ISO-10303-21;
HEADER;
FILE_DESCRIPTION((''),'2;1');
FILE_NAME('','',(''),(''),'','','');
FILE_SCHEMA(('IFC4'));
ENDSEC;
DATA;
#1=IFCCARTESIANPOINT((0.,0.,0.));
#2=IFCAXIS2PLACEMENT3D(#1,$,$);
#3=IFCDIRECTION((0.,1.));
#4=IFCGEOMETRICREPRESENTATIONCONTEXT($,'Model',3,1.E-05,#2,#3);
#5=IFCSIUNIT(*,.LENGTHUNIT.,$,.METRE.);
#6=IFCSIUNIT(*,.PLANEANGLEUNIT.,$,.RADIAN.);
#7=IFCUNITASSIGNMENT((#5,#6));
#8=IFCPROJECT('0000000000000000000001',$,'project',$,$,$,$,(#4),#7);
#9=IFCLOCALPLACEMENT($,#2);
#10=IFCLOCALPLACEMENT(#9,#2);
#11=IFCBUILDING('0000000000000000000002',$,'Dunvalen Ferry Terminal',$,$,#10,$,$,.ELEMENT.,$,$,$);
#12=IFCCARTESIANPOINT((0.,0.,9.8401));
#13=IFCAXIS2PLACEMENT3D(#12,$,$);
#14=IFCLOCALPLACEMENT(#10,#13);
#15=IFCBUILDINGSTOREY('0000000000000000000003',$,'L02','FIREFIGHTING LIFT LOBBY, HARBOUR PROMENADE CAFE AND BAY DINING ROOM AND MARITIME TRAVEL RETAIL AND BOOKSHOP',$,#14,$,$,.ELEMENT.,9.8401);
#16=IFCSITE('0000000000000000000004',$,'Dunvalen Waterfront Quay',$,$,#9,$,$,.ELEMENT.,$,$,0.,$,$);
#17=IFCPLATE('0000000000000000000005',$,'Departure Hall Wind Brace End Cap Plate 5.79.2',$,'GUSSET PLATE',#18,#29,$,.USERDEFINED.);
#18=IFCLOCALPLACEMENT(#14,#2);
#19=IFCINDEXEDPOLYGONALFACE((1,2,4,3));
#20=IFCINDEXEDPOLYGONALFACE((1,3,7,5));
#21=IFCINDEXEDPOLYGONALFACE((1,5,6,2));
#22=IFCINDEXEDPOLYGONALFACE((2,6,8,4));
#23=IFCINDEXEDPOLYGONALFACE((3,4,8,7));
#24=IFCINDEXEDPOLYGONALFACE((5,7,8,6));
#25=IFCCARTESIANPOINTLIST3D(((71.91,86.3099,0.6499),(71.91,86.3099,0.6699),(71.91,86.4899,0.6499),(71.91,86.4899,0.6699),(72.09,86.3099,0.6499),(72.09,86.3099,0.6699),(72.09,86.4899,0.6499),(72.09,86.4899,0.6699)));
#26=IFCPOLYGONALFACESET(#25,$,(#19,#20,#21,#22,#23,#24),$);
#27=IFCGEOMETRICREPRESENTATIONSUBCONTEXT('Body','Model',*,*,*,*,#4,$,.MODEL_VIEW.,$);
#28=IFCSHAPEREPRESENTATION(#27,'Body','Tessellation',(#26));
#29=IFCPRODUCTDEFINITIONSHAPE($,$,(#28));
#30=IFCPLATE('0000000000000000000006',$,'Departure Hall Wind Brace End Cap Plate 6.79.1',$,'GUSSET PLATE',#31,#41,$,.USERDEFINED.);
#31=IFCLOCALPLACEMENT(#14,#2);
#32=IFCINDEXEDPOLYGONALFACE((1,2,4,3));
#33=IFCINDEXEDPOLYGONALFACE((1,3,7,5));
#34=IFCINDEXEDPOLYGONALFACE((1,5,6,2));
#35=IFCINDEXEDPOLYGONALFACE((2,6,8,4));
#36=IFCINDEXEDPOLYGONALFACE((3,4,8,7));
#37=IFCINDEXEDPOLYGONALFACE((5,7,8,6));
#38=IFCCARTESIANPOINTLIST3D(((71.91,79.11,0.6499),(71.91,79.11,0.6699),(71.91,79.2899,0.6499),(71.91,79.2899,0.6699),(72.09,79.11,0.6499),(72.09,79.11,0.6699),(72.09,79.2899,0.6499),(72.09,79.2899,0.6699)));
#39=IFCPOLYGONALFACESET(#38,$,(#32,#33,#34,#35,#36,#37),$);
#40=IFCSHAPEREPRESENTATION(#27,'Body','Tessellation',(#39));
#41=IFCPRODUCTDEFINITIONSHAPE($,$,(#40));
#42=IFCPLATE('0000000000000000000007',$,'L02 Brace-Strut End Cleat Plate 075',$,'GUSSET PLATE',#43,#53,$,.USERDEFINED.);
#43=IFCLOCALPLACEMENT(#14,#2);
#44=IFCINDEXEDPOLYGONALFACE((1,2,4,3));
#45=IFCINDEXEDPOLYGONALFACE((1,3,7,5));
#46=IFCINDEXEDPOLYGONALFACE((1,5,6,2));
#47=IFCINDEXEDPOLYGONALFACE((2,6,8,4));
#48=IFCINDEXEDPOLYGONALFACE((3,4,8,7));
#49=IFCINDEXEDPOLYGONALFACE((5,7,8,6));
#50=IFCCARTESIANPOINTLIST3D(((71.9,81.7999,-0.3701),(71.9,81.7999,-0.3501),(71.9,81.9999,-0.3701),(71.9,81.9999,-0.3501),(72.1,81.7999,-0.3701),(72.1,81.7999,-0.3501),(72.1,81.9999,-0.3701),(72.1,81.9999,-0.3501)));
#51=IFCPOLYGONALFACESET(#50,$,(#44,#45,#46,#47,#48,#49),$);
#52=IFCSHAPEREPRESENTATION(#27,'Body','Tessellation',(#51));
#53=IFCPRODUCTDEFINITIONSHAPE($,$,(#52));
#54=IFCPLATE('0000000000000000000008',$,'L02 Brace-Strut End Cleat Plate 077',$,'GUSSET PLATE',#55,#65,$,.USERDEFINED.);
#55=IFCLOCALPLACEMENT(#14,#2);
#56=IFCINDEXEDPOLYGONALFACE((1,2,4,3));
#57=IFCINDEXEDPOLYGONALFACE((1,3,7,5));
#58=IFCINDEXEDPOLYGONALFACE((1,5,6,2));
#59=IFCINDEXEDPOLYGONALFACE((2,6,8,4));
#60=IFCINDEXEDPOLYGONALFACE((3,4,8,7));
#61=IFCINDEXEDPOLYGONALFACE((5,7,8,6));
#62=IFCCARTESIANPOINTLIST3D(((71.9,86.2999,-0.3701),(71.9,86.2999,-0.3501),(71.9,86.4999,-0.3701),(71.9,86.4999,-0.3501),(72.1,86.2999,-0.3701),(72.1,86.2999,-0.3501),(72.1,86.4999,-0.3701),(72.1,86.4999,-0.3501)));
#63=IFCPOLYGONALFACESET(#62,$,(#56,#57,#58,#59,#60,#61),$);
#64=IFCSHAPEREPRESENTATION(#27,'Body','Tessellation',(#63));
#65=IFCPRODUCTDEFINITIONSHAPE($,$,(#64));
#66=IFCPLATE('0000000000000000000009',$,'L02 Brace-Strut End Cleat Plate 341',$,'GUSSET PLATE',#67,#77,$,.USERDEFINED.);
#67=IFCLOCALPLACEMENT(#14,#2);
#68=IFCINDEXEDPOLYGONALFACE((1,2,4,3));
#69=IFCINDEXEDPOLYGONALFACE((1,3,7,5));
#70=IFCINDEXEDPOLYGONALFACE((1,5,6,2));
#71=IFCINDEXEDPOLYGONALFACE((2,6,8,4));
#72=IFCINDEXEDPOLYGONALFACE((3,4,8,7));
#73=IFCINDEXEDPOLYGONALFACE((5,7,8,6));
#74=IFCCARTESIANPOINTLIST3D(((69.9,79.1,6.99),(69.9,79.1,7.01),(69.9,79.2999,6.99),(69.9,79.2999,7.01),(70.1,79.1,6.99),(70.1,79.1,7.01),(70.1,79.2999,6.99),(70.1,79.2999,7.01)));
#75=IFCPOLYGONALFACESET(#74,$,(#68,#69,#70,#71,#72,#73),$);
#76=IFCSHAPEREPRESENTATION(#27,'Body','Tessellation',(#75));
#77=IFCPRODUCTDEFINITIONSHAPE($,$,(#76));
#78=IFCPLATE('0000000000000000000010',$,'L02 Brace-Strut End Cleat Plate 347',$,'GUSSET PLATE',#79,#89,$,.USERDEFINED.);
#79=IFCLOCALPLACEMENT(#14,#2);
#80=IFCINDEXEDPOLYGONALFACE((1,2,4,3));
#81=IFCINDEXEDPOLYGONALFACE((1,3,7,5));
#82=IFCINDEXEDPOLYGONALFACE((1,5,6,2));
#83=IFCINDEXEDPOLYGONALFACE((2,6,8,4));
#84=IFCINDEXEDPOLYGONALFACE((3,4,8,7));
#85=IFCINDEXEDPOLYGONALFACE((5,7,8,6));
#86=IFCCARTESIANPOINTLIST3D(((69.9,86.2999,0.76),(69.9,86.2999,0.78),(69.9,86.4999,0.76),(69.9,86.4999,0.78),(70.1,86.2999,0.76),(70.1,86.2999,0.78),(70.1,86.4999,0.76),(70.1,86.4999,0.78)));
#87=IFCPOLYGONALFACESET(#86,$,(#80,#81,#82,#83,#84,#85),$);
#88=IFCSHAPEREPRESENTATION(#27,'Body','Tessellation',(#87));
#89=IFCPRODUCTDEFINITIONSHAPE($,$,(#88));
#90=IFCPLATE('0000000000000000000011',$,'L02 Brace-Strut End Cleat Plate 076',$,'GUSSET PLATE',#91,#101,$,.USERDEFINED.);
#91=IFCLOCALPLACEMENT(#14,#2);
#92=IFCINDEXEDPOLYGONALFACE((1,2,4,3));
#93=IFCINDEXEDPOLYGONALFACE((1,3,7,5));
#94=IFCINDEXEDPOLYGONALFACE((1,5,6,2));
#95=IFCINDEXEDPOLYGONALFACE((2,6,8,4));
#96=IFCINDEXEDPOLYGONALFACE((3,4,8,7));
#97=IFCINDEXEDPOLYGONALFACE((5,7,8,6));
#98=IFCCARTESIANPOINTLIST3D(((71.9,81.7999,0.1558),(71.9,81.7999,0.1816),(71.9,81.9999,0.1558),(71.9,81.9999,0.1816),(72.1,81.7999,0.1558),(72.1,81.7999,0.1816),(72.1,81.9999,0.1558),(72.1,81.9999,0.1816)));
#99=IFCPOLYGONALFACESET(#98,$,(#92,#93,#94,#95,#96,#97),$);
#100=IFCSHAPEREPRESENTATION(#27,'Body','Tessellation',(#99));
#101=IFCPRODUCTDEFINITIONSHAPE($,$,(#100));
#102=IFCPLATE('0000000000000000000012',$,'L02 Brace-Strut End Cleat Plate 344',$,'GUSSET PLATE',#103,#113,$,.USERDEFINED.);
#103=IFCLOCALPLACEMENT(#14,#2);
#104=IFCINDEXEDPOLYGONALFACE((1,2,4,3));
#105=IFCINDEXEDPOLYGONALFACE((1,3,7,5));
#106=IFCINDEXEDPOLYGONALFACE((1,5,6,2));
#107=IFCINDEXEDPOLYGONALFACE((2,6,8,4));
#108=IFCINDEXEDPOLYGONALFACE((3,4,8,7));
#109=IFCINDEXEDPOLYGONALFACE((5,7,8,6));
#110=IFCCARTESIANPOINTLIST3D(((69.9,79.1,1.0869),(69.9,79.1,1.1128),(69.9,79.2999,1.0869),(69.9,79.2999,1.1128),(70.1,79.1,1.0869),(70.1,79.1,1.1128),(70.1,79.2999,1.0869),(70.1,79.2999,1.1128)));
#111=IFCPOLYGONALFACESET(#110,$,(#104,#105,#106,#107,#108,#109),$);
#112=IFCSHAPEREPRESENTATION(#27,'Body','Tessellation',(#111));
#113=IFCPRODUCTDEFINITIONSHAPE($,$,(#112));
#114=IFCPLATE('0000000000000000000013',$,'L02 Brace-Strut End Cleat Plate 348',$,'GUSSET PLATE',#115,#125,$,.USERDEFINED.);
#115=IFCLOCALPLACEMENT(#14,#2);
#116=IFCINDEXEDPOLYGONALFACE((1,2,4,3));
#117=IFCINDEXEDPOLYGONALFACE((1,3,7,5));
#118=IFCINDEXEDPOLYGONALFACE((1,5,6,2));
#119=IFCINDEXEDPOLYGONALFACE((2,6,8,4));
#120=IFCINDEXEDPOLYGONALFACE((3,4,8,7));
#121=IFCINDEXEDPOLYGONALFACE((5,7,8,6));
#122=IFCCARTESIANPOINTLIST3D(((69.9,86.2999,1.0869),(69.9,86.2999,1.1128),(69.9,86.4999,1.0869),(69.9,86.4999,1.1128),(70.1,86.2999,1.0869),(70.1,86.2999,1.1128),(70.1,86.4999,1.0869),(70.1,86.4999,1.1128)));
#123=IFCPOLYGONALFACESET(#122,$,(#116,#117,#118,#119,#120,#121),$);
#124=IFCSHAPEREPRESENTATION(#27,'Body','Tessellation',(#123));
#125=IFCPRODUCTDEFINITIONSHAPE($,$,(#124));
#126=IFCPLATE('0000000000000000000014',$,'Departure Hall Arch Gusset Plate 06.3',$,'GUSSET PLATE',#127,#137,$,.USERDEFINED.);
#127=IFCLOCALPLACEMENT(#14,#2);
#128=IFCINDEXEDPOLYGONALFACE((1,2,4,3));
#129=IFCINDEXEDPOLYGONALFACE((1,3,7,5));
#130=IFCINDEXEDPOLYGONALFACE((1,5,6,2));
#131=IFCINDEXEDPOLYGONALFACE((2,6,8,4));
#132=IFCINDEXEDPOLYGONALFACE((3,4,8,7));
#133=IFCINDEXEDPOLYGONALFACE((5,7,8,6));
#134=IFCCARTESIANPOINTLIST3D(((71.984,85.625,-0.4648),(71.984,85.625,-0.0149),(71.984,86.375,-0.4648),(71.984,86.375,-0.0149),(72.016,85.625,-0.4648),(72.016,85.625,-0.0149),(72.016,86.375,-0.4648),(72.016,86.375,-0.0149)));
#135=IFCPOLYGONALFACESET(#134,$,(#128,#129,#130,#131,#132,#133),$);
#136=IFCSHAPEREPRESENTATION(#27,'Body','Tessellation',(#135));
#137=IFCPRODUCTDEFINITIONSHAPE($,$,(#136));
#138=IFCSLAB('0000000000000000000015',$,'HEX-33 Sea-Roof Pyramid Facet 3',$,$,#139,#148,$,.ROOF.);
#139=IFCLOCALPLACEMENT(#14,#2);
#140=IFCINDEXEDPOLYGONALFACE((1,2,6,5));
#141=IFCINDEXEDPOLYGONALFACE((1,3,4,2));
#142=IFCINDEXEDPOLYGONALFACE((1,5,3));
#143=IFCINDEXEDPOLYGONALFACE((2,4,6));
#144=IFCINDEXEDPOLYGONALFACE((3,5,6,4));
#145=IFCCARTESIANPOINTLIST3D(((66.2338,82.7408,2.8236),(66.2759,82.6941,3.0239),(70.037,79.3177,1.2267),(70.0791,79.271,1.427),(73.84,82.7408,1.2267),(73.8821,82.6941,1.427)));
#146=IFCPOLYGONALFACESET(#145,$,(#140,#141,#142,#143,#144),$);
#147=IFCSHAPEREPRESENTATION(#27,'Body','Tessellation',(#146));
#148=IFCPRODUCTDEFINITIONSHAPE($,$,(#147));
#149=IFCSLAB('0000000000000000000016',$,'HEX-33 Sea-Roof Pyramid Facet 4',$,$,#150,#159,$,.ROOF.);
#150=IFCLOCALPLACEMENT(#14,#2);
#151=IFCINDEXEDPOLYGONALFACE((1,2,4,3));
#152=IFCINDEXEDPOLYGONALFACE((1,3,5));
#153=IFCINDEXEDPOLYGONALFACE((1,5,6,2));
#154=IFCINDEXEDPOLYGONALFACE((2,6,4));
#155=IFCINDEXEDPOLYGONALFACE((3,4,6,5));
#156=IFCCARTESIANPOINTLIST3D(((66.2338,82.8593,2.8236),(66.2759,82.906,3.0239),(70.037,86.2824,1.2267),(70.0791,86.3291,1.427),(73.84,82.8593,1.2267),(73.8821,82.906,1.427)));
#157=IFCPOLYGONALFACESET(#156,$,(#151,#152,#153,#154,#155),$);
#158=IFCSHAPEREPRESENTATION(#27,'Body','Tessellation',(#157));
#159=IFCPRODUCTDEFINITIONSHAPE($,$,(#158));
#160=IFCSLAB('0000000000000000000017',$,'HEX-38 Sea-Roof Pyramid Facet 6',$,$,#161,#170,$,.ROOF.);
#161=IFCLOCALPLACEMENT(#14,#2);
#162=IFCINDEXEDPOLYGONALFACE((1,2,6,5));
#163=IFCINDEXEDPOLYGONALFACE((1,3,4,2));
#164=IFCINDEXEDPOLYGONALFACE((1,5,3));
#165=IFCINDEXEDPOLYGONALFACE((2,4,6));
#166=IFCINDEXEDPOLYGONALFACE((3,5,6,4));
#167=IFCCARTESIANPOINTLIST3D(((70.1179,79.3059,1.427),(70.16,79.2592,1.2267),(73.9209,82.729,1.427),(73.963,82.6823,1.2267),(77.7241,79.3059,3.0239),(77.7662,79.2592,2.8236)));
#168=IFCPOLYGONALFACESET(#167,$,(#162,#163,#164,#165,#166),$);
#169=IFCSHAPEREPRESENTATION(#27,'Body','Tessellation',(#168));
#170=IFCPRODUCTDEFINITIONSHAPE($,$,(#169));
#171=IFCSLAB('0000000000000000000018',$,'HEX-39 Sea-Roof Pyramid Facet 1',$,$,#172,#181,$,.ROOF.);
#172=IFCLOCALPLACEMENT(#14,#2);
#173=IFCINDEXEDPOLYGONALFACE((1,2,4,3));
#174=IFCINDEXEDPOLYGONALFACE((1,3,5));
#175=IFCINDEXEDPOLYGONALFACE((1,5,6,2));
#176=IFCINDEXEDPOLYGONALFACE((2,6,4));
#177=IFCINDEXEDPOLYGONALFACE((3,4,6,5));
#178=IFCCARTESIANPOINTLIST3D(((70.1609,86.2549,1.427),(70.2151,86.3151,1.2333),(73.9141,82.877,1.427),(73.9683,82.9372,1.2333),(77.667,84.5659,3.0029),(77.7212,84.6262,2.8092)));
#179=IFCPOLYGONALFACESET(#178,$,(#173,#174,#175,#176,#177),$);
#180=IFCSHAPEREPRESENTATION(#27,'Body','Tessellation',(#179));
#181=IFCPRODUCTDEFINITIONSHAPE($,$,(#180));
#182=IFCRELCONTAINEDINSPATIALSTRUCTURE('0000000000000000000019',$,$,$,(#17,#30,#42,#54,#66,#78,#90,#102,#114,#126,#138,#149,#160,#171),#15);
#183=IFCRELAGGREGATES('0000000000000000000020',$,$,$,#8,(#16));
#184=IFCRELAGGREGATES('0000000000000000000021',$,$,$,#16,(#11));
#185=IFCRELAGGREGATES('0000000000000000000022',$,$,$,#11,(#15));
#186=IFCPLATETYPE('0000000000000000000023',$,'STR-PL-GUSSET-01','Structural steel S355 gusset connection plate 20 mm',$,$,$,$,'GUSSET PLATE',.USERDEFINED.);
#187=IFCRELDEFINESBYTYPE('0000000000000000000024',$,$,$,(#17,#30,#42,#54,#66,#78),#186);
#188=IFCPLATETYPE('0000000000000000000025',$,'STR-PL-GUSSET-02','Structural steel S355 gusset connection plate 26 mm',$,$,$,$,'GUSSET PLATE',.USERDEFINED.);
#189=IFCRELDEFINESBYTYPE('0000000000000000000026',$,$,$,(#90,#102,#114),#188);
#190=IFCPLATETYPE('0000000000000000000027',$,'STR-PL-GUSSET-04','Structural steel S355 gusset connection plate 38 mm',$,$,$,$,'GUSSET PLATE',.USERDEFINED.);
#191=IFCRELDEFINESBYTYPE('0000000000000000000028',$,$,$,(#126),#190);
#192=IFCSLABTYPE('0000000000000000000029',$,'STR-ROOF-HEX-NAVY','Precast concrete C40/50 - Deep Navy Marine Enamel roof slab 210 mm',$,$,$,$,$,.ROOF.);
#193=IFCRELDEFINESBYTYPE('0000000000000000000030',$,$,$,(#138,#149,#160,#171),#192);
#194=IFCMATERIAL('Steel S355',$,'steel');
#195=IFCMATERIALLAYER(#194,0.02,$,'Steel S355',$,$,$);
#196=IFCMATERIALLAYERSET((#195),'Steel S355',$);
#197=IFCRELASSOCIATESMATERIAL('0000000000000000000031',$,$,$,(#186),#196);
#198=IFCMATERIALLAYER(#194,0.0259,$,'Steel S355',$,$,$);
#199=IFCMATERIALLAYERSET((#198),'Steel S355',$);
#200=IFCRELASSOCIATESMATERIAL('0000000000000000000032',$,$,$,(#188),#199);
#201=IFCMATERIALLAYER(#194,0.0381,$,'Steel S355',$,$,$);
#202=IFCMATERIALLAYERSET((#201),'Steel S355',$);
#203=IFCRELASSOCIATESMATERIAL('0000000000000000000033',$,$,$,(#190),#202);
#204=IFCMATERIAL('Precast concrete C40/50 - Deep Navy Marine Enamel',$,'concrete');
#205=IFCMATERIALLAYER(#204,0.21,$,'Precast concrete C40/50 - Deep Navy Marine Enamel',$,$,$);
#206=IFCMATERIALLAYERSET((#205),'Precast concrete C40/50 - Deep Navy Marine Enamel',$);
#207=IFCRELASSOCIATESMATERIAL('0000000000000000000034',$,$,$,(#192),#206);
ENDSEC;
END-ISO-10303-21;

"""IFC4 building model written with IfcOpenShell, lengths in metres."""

from ifc_helpers import new_model, si_unit, direction, frame, origin, origin_2d, place, context, subcontext, project, spatial, polyline, rectangle, outline, extrude, material, layer, layer_set, type_object, element, save


model = new_model("IFC4")

# Units and contexts
model_context = context("Model", 3, precision=1e-05, world=origin(), true_north=direction((0.0, 1.0)))
body_context = subcontext(model_context, "Body", "Model", "MODEL_VIEW")
ifc_project = project(units=[si_unit("LENGTHUNIT", "METRE"), si_unit("PLANEANGLEUNIT", "RADIAN")], contexts=[model_context])

# Site, building, storey
site_placement = place(None, origin())
site = spatial("IfcSite", under=ifc_project, at=site_placement, Name="Dunvalen Waterfront Quay", CompositionType="ELEMENT", RefElevation=0.0)
building_placement = place(site_placement, origin())
building = spatial("IfcBuilding", under=site, at=building_placement, Name="Dunvalen Ferry Terminal", CompositionType="ELEMENT")
storey_placement = place(building_placement, frame((0.0, 0.0, 9.8401)))
storey = spatial("IfcBuildingStorey", under=building, at=storey_placement, Name="L02", Description="FIREFIGHTING LIFT LOBBY, HARBOUR PROMENADE CAFE AND BAY DINING ROOM AND MARITIME TRAVEL RETAIL AND BOOKSHOP", CompositionType="ELEMENT", Elevation=9.8401)

# Shared definitions
ifc_material_1 = material(Name="Steel S355", Category="steel")

# Plates
ifc_layer_1 = layer(ifc_material_1, 0.02, Name="Steel S355")
ifc_layer_set_1 = layer_set([ifc_layer_1], Name="Steel S355")
plate_type_1 = type_object("IfcPlateType", Name="STR-PL-GUSSET-01", Description="Structural steel S355 gusset connection plate 20 mm", ElementType="GUSSET PLATE", PredefinedType="USERDEFINED", material=ifc_layer_set_1)
for number, where, z_axis, x_axis, name in (
    (1, (72.0, 86.3999, 0.6499), (0.0, 0.0, 1.0), (1.0, 0.0, 0.0), "Departure Hall Wind Brace End Cap Plate 5.79.2"),
    (2, (72.0, 79.2, 0.6499), (0.0, 0.0, 1.0), (1.0, 0.0, 0.0), "Departure Hall Wind Brace End Cap Plate 6.79.1"),
):
    element("IfcPlate", number, at=place(storey_placement, frame(where, z_axis=z_axis, x_axis=x_axis)), inside=storey, type_object=plate_type_1, Name=name, ObjectType="GUSSET PLATE", PredefinedType="USERDEFINED", context=body_context, shape_type="SweptSolid", body=[
        extrude(rectangle(XDim=0.1799, YDim=0.1799, at=origin_2d()), origin(), (0.0, 0.0, 1.0), 0.02),
    ])
for number, where, z_axis, x_axis, name in (
    (3, (72.0, 81.8999, -0.3701), (0.0, 0.0, 1.0), (1.0, 0.0, 0.0), "L02 Brace-Strut End Cleat Plate 075"),
    (4, (72.0, 86.3999, -0.3701), (0.0, 0.0, 1.0), (1.0, 0.0, 0.0), "L02 Brace-Strut End Cleat Plate 077"),
    (5, (70.0, 79.2, 6.99), (0.0, 0.0, 1.0), (1.0, 0.0, 0.0), "L02 Brace-Strut End Cleat Plate 341"),
    (6, (70.0, 86.3999, 0.76), (0.0, 0.0, 1.0), (1.0, 0.0, 0.0), "L02 Brace-Strut End Cleat Plate 347"),
):
    element("IfcPlate", number, at=place(storey_placement, frame(where, z_axis=z_axis, x_axis=x_axis)), inside=storey, type_object=plate_type_1, Name=name, ObjectType="GUSSET PLATE", PredefinedType="USERDEFINED", context=body_context, shape_type="SweptSolid", body=[
        extrude(rectangle(XDim=0.2, YDim=0.2, at=origin_2d()), origin(), (0.0, 0.0, 1.0), 0.02),
    ])
ifc_layer_2 = layer(ifc_material_1, 0.0259, Name="Steel S355")
ifc_layer_set_2 = layer_set([ifc_layer_2], Name="Steel S355")
plate_type_2 = type_object("IfcPlateType", Name="STR-PL-GUSSET-02", Description="Structural steel S355 gusset connection plate 26 mm", ElementType="GUSSET PLATE", PredefinedType="USERDEFINED", material=ifc_layer_set_2)
for number, where, z_axis, x_axis, name in (
    (7, (72.0, 81.8999, 0.1558), (0.0, 0.0, 1.0), (1.0, 0.0, 0.0), "L02 Brace-Strut End Cleat Plate 076"),
    (8, (70.0, 79.2, 1.0869), (0.0, 0.0, 1.0), (1.0, 0.0, 0.0), "L02 Brace-Strut End Cleat Plate 344"),
    (9, (70.0, 86.3999, 1.0869), (0.0, 0.0, 1.0), (1.0, 0.0, 0.0), "L02 Brace-Strut End Cleat Plate 348"),
):
    element("IfcPlate", number, at=place(storey_placement, frame(where, z_axis=z_axis, x_axis=x_axis)), inside=storey, type_object=plate_type_2, Name=name, ObjectType="GUSSET PLATE", PredefinedType="USERDEFINED", context=body_context, shape_type="SweptSolid", body=[
        extrude(rectangle(XDim=0.2, YDim=0.2, at=origin_2d()), origin(), (0.0, 0.0, 1.0), 0.0259),
    ])
ifc_layer_3 = layer(ifc_material_1, 0.0381, Name="Steel S355")
ifc_layer_set_3 = layer_set([ifc_layer_3], Name="Steel S355")
plate_type_3 = type_object("IfcPlateType", Name="STR-PL-GUSSET-04", Description="Structural steel S355 gusset connection plate 38 mm", ElementType="GUSSET PLATE", PredefinedType="USERDEFINED", material=ifc_layer_set_3)
plate_1_placement = place(storey_placement, frame((72.0, 86.0, -0.4648), z_axis=(0.0, 0.0, 1.0), x_axis=(1.0, 0.0, 0.0)))
element("IfcPlate", 10, at=plate_1_placement, inside=storey, type_object=plate_type_3, Name="Departure Hall Arch Gusset Plate 06.3", ObjectType="GUSSET PLATE", PredefinedType="USERDEFINED", context=body_context, shape_type="SweptSolid", body=[
    extrude(rectangle(XDim=0.032, YDim=0.75, at=origin_2d()), origin(), (0.0, 0.0, 1.0), 0.45),
])

# Slabs
ifc_material_2 = material(Name="Precast concrete C40/50 - Deep Navy Marine Enamel", Category="concrete")
ifc_layer_4 = layer(ifc_material_2, 0.21, Name="Precast concrete C40/50 - Deep Navy Marine Enamel")
ifc_layer_set_4 = layer_set([ifc_layer_4], Name="Precast concrete C40/50 - Deep Navy Marine Enamel")
slab_type = type_object("IfcSlabType", Name="STR-ROOF-HEX-NAVY", Description="Precast concrete C40/50 - Deep Navy Marine Enamel roof slab 210 mm", PredefinedType="ROOF", material=ifc_layer_set_4)
slab_1_placement = place(storey_placement, frame((70.0791, 79.271, 1.427), z_axis=(0.200318, -0.222548, 0.95412), x_axis=(0.743254, 0.66901, 0.0)))
element("IfcSlab", 11, at=slab_1_placement, inside=storey, type_object=slab_type, Name="HEX-33 Sea-Roof Pyramid Facet 3", PredefinedType="ROOF", context=body_context, shape_type="SweptSolid", body=[
    extrude(outline(polyline([(0.0, 0.0), (5.1167, 0.0), (-0.5367, 5.3333), (0.0, 0.0)])), origin(), (0.0, 0.0, -1.0), 0.21),
])
slab_2_placement = place(storey_placement, frame((73.8821, 82.906, 1.427), z_axis=(0.200318, 0.222548, 0.95412), x_axis=(-0.743254, 0.66901, 0.0)))
element("IfcSlab", 12, at=slab_2_placement, inside=storey, type_object=slab_type, Name="HEX-33 Sea-Roof Pyramid Facet 4", PredefinedType="ROOF", context=body_context, shape_type="SweptSolid", body=[
    extrude(outline(polyline([(0.0, 0.0), (5.1167, 0.0), (5.6533, 5.3333), (0.0, 0.0)])), origin(), (0.0, 0.0, -1.0), 0.21),
])
slab_3_placement = place(storey_placement, frame((73.9209, 82.729, 1.427), z_axis=(-0.200318, 0.222548, 0.95412), x_axis=(-0.743254, -0.66901, 0.0)))
element("IfcSlab", 13, at=slab_3_placement, inside=storey, type_object=slab_type, Name="HEX-38 Sea-Roof Pyramid Facet 6", PredefinedType="ROOF", context=body_context, shape_type="SweptSolid", body=[
    extrude(outline(polyline([(0.0, 0.0), (5.1167, 0.0), (-0.5367, 5.3333), (0.0, 0.0)])), origin(), (0.0, 0.0, -1.0), 0.21),
])
slab_4_placement = place(storey_placement, frame((70.1609, 86.2549, 1.427), z_axis=(-0.258241, -0.286929, 0.922488), x_axis=(0.743287, -0.668973, 0.0)))
element("IfcSlab", 14, at=slab_4_placement, inside=storey, type_object=slab_type, Name="HEX-39 Sea-Roof Pyramid Facet 1", PredefinedType="ROOF", context=body_context, shape_type="SweptSolid", body=[
    extrude(outline(polyline([(0.0, 0.0), (5.0494, 0.0), (6.7091, 4.0824), (0.0, 0.0)])), origin(), (0.0, 0.0, -1.0), 0.21),
])

save(model, "model.ifc")
